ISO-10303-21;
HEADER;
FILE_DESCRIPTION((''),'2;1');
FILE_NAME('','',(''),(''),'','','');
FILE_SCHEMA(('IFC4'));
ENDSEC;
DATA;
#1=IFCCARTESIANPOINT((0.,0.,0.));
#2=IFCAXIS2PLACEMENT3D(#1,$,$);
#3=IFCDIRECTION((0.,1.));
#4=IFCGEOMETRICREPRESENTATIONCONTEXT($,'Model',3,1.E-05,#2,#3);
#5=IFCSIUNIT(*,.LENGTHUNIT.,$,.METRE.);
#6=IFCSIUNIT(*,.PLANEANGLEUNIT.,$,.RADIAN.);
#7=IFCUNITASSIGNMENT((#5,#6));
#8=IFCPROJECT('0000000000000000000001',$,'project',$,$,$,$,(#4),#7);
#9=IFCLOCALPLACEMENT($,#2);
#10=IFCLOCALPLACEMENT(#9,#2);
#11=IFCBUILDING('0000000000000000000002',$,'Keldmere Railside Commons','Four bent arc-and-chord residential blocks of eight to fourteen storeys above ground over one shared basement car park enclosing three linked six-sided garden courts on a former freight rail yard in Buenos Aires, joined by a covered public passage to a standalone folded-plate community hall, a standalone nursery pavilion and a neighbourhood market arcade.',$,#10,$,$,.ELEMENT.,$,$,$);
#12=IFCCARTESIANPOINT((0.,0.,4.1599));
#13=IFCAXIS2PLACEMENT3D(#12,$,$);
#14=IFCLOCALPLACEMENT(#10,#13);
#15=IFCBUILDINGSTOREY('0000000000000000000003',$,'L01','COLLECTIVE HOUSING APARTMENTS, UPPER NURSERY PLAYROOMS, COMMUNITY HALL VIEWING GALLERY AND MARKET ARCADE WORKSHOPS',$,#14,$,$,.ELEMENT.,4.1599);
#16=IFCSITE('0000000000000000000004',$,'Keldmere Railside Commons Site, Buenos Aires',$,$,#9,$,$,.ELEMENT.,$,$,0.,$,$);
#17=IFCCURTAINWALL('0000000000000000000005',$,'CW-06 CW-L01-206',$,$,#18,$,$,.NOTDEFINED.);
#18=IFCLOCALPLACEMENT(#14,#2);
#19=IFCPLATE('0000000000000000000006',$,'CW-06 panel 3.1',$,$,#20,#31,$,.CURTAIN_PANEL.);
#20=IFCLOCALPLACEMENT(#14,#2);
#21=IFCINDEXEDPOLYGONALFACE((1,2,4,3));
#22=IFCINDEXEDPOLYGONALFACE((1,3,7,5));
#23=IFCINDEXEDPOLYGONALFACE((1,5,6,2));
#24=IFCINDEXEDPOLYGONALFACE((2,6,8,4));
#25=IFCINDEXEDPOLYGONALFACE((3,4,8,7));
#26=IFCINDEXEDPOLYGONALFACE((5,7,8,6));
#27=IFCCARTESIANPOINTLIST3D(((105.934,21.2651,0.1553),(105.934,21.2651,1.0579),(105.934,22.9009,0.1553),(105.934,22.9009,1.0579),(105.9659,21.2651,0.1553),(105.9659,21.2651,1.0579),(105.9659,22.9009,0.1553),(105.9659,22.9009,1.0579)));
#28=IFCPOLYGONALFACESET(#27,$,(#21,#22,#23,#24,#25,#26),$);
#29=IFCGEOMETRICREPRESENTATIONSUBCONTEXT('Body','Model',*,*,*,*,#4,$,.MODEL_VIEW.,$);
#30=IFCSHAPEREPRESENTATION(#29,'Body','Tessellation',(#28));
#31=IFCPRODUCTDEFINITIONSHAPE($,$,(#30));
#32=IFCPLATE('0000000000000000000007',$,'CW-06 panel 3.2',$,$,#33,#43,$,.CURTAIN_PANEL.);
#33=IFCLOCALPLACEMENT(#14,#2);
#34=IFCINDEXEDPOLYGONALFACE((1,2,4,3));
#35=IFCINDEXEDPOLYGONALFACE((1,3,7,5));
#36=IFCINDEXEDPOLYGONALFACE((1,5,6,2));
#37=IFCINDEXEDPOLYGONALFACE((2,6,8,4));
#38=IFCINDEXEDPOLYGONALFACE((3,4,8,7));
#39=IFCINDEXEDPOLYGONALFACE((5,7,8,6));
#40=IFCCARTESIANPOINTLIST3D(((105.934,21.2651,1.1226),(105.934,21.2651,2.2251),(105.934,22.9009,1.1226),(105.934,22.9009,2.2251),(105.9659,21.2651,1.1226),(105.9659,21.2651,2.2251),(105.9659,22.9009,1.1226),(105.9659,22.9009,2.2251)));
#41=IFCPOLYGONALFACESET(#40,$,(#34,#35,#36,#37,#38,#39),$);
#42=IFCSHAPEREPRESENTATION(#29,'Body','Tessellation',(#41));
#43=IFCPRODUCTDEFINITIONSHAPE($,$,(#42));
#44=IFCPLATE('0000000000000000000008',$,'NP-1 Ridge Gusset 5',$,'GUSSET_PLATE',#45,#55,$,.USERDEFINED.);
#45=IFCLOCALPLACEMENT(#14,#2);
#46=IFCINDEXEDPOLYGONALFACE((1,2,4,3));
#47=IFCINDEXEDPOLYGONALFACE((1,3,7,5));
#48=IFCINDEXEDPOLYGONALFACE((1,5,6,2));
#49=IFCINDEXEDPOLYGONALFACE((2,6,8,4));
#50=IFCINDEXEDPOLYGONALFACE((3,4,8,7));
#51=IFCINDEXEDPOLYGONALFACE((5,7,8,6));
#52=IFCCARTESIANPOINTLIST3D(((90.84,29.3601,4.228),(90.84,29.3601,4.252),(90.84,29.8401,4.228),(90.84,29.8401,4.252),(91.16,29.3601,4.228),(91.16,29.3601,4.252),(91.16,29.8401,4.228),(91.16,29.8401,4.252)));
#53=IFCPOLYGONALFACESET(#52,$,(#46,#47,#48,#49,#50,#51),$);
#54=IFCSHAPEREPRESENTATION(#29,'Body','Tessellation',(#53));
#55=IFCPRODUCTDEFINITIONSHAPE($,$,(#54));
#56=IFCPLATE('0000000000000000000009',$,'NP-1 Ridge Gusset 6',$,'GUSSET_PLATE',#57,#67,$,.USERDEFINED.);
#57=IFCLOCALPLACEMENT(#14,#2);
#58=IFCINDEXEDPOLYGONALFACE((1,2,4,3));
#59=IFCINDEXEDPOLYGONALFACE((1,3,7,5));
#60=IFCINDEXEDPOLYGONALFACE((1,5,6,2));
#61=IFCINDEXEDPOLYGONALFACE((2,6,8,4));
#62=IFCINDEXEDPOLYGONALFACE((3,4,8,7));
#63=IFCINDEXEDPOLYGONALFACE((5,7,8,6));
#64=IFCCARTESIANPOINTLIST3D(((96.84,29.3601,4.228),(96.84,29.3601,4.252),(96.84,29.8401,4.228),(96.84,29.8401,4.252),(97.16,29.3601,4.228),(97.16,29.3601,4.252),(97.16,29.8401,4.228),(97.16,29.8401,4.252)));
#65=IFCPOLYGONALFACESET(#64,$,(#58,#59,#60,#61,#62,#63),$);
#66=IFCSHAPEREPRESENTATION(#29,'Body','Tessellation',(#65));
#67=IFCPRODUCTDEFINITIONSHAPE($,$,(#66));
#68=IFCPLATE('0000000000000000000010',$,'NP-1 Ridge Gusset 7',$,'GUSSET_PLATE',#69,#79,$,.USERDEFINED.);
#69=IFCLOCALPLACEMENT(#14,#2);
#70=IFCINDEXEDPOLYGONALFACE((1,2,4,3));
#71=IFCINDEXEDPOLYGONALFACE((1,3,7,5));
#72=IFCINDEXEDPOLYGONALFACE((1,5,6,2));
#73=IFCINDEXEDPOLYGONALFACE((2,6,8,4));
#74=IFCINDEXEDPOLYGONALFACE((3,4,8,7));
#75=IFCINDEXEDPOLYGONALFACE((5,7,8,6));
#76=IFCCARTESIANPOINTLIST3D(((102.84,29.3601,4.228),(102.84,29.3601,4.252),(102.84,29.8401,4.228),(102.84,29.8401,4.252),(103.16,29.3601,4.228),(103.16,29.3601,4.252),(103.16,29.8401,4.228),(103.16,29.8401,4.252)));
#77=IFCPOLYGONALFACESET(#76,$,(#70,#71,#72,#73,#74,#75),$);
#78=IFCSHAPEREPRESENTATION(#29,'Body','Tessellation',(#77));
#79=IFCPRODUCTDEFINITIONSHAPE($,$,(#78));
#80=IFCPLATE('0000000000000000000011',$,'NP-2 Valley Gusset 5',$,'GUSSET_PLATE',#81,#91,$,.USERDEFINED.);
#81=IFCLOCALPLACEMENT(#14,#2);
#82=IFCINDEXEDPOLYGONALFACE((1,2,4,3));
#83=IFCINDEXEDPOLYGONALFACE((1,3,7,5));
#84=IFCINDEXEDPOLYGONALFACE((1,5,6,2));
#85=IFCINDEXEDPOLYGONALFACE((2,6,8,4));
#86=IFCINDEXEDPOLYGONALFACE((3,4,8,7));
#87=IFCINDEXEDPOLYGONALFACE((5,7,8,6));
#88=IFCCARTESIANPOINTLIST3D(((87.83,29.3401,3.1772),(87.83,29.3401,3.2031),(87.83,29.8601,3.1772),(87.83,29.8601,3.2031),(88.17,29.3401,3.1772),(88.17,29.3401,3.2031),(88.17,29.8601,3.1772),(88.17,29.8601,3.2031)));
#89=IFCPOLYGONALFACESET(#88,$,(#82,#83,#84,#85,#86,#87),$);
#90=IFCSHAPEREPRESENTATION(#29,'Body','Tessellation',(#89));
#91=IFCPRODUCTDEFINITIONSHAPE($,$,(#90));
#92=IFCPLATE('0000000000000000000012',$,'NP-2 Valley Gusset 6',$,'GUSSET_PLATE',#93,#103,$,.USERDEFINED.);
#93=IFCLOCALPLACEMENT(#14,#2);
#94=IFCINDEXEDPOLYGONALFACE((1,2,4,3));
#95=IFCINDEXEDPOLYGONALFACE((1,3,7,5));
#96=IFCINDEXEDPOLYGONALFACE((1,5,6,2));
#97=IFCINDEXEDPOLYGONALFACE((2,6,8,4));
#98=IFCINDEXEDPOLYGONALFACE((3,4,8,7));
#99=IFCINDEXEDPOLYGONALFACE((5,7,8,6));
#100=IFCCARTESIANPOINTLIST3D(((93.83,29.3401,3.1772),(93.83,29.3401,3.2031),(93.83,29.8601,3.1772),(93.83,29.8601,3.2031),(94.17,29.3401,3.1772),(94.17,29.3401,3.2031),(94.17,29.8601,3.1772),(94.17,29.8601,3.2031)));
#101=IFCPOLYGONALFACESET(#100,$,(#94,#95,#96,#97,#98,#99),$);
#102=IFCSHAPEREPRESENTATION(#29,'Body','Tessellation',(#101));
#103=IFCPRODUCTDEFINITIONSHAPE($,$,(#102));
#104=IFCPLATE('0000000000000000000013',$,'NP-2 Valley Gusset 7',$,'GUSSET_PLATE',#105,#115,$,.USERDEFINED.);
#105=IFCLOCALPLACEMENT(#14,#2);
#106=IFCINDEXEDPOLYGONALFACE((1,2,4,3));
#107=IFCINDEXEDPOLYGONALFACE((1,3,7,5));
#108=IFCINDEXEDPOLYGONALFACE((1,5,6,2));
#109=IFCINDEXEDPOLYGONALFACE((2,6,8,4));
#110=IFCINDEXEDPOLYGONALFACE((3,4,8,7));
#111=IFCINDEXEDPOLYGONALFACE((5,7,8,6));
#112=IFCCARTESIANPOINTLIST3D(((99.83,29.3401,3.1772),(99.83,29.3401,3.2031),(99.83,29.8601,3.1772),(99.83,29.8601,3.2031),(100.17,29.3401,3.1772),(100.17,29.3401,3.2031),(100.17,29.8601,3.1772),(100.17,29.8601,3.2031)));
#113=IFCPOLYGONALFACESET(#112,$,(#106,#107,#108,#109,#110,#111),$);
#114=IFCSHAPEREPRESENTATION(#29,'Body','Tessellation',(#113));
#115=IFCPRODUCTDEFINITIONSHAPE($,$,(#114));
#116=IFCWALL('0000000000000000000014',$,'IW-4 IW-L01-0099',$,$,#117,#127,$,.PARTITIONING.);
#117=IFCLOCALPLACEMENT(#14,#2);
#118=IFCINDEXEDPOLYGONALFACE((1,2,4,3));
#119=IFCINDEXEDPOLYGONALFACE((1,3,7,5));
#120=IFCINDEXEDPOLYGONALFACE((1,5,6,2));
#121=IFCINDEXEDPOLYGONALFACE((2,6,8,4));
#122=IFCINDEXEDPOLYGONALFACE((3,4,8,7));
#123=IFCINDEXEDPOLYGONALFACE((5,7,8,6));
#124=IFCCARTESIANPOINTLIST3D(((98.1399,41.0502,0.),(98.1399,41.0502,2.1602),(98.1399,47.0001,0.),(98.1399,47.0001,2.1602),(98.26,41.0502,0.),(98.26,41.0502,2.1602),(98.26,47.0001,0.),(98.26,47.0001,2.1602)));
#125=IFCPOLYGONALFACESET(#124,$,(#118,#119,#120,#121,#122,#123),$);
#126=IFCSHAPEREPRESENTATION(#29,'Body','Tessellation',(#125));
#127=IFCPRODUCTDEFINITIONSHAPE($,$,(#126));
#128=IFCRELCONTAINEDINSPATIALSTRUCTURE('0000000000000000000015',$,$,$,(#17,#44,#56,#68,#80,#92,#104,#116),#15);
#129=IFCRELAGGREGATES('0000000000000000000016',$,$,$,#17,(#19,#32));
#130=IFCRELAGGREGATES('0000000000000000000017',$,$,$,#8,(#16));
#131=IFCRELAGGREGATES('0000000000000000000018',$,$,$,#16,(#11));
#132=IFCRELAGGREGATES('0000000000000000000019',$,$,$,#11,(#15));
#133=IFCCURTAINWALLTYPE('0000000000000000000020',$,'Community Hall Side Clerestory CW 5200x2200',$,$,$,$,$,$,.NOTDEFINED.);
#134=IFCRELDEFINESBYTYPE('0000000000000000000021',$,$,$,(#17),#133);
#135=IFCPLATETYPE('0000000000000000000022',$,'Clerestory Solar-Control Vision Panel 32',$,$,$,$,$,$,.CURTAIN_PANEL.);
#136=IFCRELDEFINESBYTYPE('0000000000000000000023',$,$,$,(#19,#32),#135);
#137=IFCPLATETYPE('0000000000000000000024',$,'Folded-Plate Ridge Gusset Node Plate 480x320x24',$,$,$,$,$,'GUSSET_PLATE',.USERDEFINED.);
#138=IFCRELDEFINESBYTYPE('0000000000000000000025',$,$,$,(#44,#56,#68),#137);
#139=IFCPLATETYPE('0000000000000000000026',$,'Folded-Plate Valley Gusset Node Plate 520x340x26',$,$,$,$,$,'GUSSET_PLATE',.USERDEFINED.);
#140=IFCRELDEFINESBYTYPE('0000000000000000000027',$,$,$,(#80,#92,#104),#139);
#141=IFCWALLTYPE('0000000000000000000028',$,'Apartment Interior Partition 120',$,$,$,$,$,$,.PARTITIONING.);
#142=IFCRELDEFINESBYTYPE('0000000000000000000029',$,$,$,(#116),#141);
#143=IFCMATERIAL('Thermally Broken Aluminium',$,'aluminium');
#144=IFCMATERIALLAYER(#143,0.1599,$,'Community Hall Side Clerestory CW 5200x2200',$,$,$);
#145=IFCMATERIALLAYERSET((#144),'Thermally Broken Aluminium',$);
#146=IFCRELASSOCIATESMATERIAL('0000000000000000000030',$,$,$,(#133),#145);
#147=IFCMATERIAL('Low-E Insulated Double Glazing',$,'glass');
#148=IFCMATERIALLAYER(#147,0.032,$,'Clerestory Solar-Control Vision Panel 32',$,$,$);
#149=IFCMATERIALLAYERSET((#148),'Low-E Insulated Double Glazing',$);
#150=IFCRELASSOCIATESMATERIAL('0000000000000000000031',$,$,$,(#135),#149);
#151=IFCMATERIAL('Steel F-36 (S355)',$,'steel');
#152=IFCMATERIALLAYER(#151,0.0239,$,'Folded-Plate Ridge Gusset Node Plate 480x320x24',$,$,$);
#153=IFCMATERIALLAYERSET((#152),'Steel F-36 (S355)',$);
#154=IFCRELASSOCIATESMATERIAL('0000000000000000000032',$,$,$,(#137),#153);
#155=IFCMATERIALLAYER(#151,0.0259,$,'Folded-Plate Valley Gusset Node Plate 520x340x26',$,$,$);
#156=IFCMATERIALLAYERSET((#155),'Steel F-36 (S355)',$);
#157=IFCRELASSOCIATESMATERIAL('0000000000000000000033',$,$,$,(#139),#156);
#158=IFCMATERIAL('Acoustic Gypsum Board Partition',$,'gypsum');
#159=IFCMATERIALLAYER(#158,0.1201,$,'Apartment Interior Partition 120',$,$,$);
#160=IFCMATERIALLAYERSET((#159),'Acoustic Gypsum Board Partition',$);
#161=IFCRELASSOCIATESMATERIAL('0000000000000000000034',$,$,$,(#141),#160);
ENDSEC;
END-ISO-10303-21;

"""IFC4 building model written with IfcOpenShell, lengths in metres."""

from ifc_helpers import new_model, si_unit, direction, frame, frame_2d, origin, origin_2d, place, context, subcontext, project, spatial, rectangle, extrude, material, layer, layer_set, type_object, element, aggregate, save


model = new_model("IFC4")

# Units and contexts
model_context = context("Model", 3, precision=1e-05, world=origin(), true_north=direction((0.0, 1.0)))
body_context = subcontext(model_context, "Body", "Model", "MODEL_VIEW")
ifc_project = project(units=[si_unit("LENGTHUNIT", "METRE"), si_unit("PLANEANGLEUNIT", "RADIAN")], contexts=[model_context])

# Site, building, storey
site_placement = place(None, origin())
site = spatial("IfcSite", under=ifc_project, at=site_placement, Name="Keldmere Railside Commons Site, Buenos Aires", CompositionType="ELEMENT", RefElevation=0.0)
building_placement = place(site_placement, origin())
building = spatial("IfcBuilding", under=site, at=building_placement, Name="Keldmere Railside Commons", Description="Four bent arc-and-chord residential blocks of eight to fourteen storeys above ground over one shared basement car park enclosing three linked six-sided garden courts on a former freight rail yard in Buenos Aires, joined by a covered public passage to a standalone folded-plate community hall, a standalone nursery pavilion and a neighbourhood market arcade.", CompositionType="ELEMENT")
storey_placement = place(building_placement, frame((0.0, 0.0, 4.1599)))
storey = spatial("IfcBuildingStorey", under=building, at=storey_placement, Name="L01", Description="COLLECTIVE HOUSING APARTMENTS, UPPER NURSERY PLAYROOMS, COMMUNITY HALL VIEWING GALLERY AND MARKET ARCADE WORKSHOPS", CompositionType="ELEMENT", Elevation=4.1599)

# Curtain wall
ifc_material_1 = material(Name="Thermally Broken Aluminium", Category="aluminium")
ifc_layer_1 = layer(ifc_material_1, 0.1599, Name="Community Hall Side Clerestory CW 5200x2200")
ifc_layer_set_1 = layer_set([ifc_layer_1], Name="Thermally Broken Aluminium")
curtain_wall_type = type_object("IfcCurtainWallType", Name="Community Hall Side Clerestory CW 5200x2200", PredefinedType="NOTDEFINED", material=ifc_layer_set_1)
curtain_wall_placement = place(storey_placement, origin())
curtain_wall = element("IfcCurtainWall", 1, at=curtain_wall_placement, inside=storey, type_object=curtain_wall_type, Name="CW-06 CW-L01-206", PredefinedType="NOTDEFINED")

# Shared definitions
ifc_material_2 = material(Name="Steel F-36 (S355)", Category="steel")

# Plates
ifc_material_3 = material(Name="Low-E Insulated Double Glazing", Category="glass")
ifc_layer_2 = layer(ifc_material_3, 0.032, Name="Clerestory Solar-Control Vision Panel 32")
ifc_layer_set_2 = layer_set([ifc_layer_2], Name="Low-E Insulated Double Glazing")
plate_type_1 = type_object("IfcPlateType", Name="Clerestory Solar-Control Vision Panel 32", PredefinedType="CURTAIN_PANEL", material=ifc_layer_set_2)
plate_1_placement = place(storey_placement, frame((105.95, 22.083, 0.1553), z_axis=(0.0, 0.0, 1.0), x_axis=(0.0, -1.0, 0.0)))
plate_1 = element("IfcPlate", 2, at=plate_1_placement, type_object=plate_type_1, Name="CW-06 panel 3.1", PredefinedType="CURTAIN_PANEL", context=body_context, shape_type="SweptSolid", body=[
    extrude(rectangle(XDim=1.6357, YDim=0.032, at=origin_2d()), origin(), (0.0, 0.0, 1.0), 0.9026),
])
plate_2_placement = place(storey_placement, frame((105.95, 22.083, 1.1226), z_axis=(0.0, 0.0, 1.0), x_axis=(0.0, -1.0, 0.0)))
plate_2 = element("IfcPlate", 3, at=plate_2_placement, type_object=plate_type_1, Name="CW-06 panel 3.2", PredefinedType="CURTAIN_PANEL", context=body_context, shape_type="SweptSolid", body=[
    extrude(rectangle(XDim=1.6357, YDim=0.032, at=origin_2d()), origin(), (0.0, 0.0, 1.0), 1.1025),
])
aggregate(curtain_wall, [plate_1, plate_2])

# Plates
ifc_layer_3 = layer(ifc_material_2, 0.0239, Name="Folded-Plate Ridge Gusset Node Plate 480x320x24")
ifc_layer_set_3 = layer_set([ifc_layer_3], Name="Steel F-36 (S355)")
plate_type_2 = type_object("IfcPlateType", Name="Folded-Plate Ridge Gusset Node Plate 480x320x24", ElementType="GUSSET_PLATE", PredefinedType="USERDEFINED", material=ifc_layer_set_3)
for number, where, z_axis, x_axis, name in (
    (4, (91.0, 29.6001, 4.228), (0.0, 0.0, 1.0), (0.0, 1.0, 0.0), "NP-1 Ridge Gusset 5"),
    (5, (97.0, 29.6001, 4.228), (0.0, 0.0, 1.0), (0.0, 1.0, 0.0), "NP-1 Ridge Gusset 6"),
    (6, (103.0, 29.6001, 4.228), (0.0, 0.0, 1.0), (0.0, 1.0, 0.0), "NP-1 Ridge Gusset 7"),
):
    element("IfcPlate", number, at=place(storey_placement, frame(where, z_axis=z_axis, x_axis=x_axis)), inside=storey, type_object=plate_type_2, Name=name, ObjectType="GUSSET_PLATE", PredefinedType="USERDEFINED", context=body_context, shape_type="SweptSolid", body=[
        extrude(rectangle(XDim=0.48, YDim=0.3201, at=origin_2d()), origin(), (0.0, 0.0, 1.0), 0.0239),
    ])
ifc_layer_4 = layer(ifc_material_2, 0.0259, Name="Folded-Plate Valley Gusset Node Plate 520x340x26")
ifc_layer_set_4 = layer_set([ifc_layer_4], Name="Steel F-36 (S355)")
plate_type_3 = type_object("IfcPlateType", Name="Folded-Plate Valley Gusset Node Plate 520x340x26", ElementType="GUSSET_PLATE", PredefinedType="USERDEFINED", material=ifc_layer_set_4)
for number, where, z_axis, x_axis, name in (
    (7, (88.0, 29.6001, 3.1772), (0.0, 0.0, 1.0), (0.0, 1.0, 0.0), "NP-2 Valley Gusset 5"),
    (8, (94.0, 29.6001, 3.1772), (0.0, 0.0, 1.0), (0.0, 1.0, 0.0), "NP-2 Valley Gusset 6"),
    (9, (100.0, 29.6001, 3.1772), (0.0, 0.0, 1.0), (0.0, 1.0, 0.0), "NP-2 Valley Gusset 7"),
):
    element("IfcPlate", number, at=place(storey_placement, frame(where, z_axis=z_axis, x_axis=x_axis)), inside=storey, type_object=plate_type_3, Name=name, ObjectType="GUSSET_PLATE", PredefinedType="USERDEFINED", context=body_context, shape_type="SweptSolid", body=[
        extrude(rectangle(XDim=0.52, YDim=0.3401, at=origin_2d()), origin(), (0.0, 0.0, 1.0), 0.0259),
    ])

# Wall
ifc_material_4 = material(Name="Acoustic Gypsum Board Partition", Category="gypsum")
ifc_layer_5 = layer(ifc_material_4, 0.1201, Name="Apartment Interior Partition 120")
ifc_layer_set_5 = layer_set([ifc_layer_5], Name="Acoustic Gypsum Board Partition")
wall_type = type_object("IfcWallType", Name="Apartment Interior Partition 120", PredefinedType="PARTITIONING", material=ifc_layer_set_5)
wall_placement = place(storey_placement, frame((98.2, 41.05, 0.0), z_axis=(0.0, 0.0, 1.0), x_axis=(0.0, 1.0, 0.0)))
element("IfcWall", 10, at=wall_placement, inside=storey, type_object=wall_type, Name="IW-4 IW-L01-0099", PredefinedType="PARTITIONING", context=body_context, shape_type="SweptSolid", body=[
    extrude(rectangle(XDim=5.95, YDim=0.1201, at=frame_2d((2.9751, 0.0))), origin(), (0.0, 0.0, 1.0), 2.1602),
])

save(model, "model.ifc")
